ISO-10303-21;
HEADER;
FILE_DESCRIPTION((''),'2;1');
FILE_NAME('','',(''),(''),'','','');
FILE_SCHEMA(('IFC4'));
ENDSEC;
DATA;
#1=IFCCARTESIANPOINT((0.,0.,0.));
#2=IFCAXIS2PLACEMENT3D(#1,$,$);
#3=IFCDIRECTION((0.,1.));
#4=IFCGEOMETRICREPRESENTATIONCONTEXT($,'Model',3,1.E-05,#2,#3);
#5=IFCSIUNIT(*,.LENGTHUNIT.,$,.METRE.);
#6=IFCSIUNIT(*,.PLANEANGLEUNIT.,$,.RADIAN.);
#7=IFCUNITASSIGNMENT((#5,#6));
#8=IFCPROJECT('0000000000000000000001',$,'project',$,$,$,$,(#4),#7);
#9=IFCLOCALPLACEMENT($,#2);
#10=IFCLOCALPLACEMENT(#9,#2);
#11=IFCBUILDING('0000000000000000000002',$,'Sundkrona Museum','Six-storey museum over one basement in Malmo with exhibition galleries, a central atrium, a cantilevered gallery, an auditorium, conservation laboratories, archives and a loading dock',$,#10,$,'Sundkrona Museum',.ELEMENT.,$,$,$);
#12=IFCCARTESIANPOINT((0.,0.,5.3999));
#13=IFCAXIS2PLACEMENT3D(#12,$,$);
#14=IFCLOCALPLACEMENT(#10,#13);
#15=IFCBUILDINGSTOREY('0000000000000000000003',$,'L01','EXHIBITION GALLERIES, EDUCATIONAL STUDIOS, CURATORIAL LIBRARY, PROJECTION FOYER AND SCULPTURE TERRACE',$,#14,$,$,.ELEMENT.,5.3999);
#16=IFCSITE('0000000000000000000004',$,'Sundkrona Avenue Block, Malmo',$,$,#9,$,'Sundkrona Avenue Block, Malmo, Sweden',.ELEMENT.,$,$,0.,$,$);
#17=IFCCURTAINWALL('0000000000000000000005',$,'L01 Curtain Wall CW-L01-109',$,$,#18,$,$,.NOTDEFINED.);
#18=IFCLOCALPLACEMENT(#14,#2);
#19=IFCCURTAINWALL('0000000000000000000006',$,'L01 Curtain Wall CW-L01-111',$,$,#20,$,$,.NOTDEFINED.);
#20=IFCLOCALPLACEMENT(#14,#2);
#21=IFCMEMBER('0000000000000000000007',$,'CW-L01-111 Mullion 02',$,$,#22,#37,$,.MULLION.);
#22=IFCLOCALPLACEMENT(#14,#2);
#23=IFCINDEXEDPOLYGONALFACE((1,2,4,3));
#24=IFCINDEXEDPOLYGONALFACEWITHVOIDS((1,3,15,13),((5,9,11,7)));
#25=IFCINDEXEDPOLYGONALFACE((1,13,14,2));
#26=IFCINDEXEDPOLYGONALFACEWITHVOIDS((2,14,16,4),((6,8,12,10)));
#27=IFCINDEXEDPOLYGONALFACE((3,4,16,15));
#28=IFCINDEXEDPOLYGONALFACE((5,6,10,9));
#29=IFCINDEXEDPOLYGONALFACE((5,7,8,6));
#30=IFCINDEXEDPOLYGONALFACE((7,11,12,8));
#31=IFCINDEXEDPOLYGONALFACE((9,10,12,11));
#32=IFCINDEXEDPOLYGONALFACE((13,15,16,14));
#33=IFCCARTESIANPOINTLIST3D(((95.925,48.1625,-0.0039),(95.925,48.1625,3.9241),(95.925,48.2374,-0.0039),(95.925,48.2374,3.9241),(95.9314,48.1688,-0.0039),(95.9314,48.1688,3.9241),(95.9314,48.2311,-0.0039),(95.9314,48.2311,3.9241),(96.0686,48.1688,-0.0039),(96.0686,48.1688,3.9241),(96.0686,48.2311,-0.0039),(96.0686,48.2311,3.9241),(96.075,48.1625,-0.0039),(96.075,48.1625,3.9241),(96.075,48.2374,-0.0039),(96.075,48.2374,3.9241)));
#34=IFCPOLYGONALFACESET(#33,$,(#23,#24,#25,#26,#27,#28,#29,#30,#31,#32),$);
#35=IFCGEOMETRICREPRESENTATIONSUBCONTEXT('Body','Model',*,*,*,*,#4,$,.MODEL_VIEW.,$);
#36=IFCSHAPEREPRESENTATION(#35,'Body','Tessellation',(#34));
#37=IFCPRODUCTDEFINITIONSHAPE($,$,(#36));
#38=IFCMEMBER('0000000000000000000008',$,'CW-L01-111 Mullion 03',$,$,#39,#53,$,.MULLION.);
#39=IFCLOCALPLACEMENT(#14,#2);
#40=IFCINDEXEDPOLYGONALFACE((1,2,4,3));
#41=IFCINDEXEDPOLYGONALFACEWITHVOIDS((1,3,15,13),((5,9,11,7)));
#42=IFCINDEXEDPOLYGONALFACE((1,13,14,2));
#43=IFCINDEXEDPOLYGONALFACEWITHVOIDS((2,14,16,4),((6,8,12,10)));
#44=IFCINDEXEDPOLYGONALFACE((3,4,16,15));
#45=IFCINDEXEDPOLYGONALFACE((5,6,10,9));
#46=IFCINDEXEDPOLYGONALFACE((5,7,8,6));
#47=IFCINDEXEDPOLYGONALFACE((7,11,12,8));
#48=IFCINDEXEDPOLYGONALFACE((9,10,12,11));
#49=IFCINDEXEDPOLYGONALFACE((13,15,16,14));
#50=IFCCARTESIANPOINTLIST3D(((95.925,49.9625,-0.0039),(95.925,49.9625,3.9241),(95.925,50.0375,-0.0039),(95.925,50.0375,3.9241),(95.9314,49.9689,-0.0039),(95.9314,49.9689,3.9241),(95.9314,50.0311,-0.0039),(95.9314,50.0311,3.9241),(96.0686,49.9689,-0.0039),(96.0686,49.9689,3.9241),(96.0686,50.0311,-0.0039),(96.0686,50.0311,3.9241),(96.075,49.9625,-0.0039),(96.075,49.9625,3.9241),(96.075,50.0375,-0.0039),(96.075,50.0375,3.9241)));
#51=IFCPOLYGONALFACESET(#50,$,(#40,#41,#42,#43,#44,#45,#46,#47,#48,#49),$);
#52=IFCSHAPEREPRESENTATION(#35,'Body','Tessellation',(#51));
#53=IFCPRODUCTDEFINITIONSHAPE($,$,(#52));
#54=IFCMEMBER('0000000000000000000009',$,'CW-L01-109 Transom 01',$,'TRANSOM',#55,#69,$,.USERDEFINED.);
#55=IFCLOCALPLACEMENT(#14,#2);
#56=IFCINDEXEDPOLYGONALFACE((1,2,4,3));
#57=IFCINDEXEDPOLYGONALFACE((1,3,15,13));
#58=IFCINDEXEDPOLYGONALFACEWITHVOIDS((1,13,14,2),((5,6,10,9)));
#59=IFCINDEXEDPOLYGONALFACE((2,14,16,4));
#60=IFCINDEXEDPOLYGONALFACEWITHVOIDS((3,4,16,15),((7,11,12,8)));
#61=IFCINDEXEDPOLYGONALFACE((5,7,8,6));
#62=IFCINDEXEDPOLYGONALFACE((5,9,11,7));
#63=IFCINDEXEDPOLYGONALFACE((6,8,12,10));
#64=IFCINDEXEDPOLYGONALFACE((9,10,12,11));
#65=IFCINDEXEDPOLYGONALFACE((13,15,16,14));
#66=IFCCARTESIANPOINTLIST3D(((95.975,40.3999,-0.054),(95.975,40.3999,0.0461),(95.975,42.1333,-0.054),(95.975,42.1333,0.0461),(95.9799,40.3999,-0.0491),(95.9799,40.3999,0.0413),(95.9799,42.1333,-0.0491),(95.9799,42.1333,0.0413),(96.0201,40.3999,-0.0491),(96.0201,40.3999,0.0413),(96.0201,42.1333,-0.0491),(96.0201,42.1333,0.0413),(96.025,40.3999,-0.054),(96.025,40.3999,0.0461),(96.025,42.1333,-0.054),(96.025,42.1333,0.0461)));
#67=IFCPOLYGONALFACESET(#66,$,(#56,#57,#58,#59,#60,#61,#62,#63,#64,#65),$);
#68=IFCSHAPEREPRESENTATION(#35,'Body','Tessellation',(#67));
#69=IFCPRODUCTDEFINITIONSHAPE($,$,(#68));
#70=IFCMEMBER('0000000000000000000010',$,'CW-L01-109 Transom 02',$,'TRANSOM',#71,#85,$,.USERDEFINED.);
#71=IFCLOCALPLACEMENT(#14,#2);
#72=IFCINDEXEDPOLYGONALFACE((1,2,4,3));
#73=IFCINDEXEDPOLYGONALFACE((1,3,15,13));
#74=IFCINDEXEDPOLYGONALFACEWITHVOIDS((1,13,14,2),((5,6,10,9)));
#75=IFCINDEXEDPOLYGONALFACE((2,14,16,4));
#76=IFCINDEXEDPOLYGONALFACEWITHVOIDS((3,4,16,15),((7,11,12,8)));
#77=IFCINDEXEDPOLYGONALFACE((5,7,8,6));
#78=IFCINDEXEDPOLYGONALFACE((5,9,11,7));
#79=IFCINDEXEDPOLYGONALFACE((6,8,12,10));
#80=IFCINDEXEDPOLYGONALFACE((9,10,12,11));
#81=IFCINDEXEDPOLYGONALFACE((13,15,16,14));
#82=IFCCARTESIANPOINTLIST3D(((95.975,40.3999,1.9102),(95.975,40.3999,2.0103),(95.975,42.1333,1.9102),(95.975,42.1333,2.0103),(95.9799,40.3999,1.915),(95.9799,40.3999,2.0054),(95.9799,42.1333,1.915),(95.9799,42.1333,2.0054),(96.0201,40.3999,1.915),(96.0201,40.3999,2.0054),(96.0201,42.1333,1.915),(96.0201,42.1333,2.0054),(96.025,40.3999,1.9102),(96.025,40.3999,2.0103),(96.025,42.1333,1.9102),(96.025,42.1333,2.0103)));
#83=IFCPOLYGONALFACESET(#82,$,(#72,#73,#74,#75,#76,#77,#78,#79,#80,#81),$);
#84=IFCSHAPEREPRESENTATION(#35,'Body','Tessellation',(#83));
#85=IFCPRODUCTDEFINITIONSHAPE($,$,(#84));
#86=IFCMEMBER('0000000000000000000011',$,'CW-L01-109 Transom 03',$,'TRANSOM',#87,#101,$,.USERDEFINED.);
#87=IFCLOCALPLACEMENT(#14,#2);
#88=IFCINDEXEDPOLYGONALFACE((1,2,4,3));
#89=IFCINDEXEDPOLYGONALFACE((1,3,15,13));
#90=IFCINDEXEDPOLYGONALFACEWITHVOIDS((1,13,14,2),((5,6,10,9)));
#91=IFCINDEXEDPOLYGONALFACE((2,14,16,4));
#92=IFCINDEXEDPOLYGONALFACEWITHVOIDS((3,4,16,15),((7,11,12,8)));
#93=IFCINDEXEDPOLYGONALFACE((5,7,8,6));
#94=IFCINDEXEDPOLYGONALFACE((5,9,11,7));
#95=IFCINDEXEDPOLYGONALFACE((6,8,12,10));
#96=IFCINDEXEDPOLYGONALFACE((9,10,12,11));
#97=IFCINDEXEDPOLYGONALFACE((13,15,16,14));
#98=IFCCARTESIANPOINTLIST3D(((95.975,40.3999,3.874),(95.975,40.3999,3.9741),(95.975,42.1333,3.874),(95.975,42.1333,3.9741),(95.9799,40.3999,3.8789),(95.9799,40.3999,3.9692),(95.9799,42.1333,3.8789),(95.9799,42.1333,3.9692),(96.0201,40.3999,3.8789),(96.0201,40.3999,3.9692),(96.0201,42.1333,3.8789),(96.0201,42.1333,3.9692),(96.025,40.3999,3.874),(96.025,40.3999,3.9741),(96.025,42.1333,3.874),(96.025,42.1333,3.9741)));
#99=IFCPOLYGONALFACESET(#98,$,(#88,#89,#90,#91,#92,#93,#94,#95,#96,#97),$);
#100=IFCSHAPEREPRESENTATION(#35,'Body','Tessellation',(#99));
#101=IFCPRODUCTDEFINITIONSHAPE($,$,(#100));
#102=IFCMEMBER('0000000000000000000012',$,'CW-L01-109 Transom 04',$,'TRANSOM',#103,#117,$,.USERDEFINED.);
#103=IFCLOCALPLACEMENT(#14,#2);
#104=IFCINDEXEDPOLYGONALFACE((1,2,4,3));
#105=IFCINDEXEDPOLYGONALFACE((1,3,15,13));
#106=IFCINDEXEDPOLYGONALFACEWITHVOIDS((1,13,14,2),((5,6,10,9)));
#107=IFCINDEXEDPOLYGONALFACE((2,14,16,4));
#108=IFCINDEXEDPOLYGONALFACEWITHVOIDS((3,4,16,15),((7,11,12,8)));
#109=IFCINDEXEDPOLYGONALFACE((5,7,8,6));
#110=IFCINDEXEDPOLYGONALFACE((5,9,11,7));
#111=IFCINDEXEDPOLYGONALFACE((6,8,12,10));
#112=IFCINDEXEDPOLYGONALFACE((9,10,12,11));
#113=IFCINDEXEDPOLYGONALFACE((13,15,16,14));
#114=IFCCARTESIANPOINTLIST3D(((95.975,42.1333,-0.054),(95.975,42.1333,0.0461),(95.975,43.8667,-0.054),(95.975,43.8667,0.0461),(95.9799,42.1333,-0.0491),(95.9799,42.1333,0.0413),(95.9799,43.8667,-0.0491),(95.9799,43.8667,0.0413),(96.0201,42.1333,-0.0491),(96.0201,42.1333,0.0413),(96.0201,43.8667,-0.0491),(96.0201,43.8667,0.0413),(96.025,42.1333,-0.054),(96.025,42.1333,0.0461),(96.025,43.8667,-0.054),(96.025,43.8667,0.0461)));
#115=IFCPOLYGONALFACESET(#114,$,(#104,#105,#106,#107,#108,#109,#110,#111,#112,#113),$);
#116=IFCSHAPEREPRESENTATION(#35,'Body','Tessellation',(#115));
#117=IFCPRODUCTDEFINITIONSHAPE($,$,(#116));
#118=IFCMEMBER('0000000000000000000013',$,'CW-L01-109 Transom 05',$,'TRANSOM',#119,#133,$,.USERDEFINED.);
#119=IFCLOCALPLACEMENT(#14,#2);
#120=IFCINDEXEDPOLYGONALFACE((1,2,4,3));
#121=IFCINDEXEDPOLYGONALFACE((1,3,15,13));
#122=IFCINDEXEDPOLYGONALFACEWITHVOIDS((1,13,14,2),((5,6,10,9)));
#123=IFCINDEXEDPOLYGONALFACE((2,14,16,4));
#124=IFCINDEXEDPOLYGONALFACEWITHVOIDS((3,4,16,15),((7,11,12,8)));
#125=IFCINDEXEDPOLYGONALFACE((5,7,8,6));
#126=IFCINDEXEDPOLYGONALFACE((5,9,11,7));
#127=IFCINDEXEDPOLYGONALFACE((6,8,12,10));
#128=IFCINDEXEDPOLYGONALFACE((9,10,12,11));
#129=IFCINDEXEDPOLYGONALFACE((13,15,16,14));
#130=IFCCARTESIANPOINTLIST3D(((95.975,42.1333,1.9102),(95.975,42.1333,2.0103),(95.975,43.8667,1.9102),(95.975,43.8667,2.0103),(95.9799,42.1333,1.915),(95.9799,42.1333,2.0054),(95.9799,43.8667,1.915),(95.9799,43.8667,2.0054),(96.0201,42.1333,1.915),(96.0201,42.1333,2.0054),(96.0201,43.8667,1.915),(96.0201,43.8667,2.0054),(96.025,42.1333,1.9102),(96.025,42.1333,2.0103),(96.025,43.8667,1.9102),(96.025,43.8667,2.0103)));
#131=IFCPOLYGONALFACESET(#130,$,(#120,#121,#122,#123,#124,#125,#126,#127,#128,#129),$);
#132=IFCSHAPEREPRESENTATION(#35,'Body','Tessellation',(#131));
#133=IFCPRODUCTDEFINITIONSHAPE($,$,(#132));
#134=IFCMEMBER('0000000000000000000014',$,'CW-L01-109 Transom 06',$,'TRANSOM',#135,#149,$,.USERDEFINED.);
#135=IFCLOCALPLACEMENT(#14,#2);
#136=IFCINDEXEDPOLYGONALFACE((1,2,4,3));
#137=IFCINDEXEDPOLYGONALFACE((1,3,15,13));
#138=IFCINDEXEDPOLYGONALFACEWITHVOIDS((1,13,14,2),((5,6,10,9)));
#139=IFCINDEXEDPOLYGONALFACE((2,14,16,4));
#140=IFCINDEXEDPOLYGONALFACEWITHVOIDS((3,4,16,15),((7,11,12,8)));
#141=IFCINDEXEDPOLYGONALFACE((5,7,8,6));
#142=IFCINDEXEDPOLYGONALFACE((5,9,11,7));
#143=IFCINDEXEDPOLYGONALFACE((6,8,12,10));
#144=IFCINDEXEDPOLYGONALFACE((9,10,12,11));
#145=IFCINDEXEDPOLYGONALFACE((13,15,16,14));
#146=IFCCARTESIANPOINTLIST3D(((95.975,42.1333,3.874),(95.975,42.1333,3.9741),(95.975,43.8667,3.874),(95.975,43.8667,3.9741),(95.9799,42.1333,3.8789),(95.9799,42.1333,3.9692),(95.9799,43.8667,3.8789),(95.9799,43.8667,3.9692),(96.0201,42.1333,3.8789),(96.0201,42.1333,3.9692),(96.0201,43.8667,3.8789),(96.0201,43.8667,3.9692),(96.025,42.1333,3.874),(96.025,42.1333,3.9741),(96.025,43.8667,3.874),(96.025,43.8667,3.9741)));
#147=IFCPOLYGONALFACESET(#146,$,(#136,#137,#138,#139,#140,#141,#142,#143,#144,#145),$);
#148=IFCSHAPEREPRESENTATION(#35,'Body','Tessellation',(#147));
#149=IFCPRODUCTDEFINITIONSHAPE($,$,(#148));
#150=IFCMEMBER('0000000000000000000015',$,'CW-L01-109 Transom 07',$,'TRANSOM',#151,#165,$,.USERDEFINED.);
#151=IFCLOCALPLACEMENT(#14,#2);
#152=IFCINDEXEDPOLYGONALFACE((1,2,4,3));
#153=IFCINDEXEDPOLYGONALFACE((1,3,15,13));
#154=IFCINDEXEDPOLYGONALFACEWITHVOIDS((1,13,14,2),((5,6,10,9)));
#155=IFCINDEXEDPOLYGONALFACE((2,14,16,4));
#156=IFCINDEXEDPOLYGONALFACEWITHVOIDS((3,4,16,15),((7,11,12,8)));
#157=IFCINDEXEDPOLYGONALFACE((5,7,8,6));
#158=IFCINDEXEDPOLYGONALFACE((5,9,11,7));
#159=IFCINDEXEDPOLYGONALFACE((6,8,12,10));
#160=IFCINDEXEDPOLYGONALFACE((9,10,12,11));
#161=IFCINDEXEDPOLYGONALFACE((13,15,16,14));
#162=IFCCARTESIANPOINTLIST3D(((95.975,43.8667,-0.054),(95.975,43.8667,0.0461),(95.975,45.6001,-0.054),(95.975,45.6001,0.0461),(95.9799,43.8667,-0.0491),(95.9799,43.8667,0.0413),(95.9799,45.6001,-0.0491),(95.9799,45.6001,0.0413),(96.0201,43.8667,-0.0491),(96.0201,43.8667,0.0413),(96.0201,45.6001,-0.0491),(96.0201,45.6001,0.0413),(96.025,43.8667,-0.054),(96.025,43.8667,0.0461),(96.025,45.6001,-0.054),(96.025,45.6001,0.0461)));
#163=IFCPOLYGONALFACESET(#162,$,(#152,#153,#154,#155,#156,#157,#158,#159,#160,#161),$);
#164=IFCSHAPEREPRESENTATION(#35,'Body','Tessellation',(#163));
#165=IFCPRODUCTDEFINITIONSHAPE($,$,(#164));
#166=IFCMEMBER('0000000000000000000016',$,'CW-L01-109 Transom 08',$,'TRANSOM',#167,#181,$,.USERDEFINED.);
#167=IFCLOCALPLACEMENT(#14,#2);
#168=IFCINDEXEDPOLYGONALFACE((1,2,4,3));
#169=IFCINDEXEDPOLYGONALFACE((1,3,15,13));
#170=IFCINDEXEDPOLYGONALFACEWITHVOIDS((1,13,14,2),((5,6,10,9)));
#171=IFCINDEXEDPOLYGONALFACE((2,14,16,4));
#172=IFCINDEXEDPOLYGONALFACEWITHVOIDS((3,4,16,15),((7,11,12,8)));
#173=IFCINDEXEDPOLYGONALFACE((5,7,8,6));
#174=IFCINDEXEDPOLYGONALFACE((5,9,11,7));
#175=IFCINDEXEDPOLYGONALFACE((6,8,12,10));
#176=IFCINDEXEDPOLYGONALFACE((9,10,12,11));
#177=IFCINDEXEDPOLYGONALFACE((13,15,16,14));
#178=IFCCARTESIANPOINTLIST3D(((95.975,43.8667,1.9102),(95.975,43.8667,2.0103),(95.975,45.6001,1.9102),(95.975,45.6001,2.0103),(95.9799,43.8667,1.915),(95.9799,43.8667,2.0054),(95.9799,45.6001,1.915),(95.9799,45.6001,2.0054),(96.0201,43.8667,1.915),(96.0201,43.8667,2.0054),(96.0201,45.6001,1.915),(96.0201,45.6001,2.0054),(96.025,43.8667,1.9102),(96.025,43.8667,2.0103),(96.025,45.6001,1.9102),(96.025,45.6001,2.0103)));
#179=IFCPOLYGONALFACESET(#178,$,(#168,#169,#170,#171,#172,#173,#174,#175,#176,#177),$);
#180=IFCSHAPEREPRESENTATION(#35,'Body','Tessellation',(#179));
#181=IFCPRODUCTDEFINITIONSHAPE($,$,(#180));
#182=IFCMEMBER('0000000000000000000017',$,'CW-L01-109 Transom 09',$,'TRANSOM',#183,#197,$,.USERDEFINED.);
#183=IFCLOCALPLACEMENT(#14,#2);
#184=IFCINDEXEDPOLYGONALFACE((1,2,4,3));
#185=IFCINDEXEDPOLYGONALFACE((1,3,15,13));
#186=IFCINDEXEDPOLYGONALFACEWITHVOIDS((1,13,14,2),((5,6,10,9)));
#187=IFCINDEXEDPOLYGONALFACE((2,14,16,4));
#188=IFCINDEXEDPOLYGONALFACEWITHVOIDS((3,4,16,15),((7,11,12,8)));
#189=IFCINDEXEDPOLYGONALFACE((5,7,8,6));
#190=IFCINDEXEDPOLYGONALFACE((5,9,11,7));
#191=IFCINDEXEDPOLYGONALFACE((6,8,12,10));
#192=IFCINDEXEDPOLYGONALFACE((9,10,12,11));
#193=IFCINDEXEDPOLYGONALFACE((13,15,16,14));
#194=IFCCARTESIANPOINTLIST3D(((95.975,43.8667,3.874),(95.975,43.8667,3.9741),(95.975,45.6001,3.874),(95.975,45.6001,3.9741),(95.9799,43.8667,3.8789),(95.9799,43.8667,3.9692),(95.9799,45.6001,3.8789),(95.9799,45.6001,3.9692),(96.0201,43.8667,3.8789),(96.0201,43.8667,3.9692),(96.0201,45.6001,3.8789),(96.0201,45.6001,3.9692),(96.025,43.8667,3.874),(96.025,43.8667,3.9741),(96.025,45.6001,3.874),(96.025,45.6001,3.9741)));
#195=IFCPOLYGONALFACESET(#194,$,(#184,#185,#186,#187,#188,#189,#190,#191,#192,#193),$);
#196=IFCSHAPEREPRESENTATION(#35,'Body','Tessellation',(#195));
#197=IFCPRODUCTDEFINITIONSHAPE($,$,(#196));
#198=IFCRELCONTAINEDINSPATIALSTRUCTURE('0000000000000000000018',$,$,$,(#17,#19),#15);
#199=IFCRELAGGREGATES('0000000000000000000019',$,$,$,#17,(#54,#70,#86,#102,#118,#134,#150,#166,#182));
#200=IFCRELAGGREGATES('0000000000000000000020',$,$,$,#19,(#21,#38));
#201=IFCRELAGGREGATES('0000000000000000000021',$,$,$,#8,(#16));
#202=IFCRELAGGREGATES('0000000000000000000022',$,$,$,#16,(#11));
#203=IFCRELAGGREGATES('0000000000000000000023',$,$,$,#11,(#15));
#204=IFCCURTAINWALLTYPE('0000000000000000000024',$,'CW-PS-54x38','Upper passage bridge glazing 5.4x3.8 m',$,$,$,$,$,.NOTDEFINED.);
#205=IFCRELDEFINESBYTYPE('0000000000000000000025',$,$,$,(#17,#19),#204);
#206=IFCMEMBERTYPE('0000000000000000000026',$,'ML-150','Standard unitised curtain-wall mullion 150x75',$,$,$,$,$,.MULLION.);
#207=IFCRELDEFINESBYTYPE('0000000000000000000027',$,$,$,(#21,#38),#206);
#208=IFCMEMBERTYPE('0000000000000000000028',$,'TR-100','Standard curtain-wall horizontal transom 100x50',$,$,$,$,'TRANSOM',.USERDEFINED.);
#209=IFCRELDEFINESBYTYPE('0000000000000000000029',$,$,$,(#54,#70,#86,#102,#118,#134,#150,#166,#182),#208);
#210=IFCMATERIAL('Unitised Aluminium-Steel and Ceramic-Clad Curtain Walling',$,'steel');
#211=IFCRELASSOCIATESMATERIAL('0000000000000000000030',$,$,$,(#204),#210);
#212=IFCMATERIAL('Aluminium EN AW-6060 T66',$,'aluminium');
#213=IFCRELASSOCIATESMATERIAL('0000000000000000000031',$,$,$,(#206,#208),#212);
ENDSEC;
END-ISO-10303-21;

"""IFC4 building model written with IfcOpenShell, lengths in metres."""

from ifc_helpers import new_model, si_unit, direction, frame, origin, origin_2d, place, context, subcontext, project, spatial, hollow_rectangle, extrude, material, material_profile, profile_set, type_object, element, aggregate, save


model = new_model("IFC4")

# Units and contexts
model_context = context("Model", 3, precision=1e-05, world=origin(), true_north=direction((0.0, 1.0)))
body_context = subcontext(model_context, "Body", "Model", "MODEL_VIEW")
ifc_project = project(units=[si_unit("LENGTHUNIT", "METRE"), si_unit("PLANEANGLEUNIT", "RADIAN")], contexts=[model_context])

# Site, building, storey
site_placement = place(None, origin())
site = spatial("IfcSite", under=ifc_project, at=site_placement, Name="Sundkrona Avenue Block, Malmo", LongName="Sundkrona Avenue Block, Malmo, Sweden", CompositionType="ELEMENT", RefElevation=0.0)
building_placement = place(site_placement, origin())
building = spatial("IfcBuilding", under=site, at=building_placement, Name="Sundkrona Museum", Description="Six-storey museum over one basement in Malmo with exhibition galleries, a central atrium, a cantilevered gallery, an auditorium, conservation laboratories, archives and a loading dock", LongName="Sundkrona Museum", CompositionType="ELEMENT")
storey_placement = place(building_placement, frame((0.0, 0.0, 5.3999)))
storey = spatial("IfcBuildingStorey", under=building, at=storey_placement, Name="L01", Description="EXHIBITION GALLERIES, EDUCATIONAL STUDIOS, CURATORIAL LIBRARY, PROJECTION FOYER AND SCULPTURE TERRACE", CompositionType="ELEMENT", Elevation=5.3999)

# Curtain walls, members
ifc_material_1 = material(Name="Unitised Aluminium-Steel and Ceramic-Clad Curtain Walling", Category="steel")
curtain_wall_type = type_object("IfcCurtainWallType", Name="CW-PS-54x38", Description="Upper passage bridge glazing 5.4x3.8 m", PredefinedType="NOTDEFINED", material=ifc_material_1)
curtain_wall_1_placement = place(storey_placement, origin())
curtain_wall_1 = element("IfcCurtainWall", 1, at=curtain_wall_1_placement, inside=storey, type_object=curtain_wall_type, Name="L01 Curtain Wall CW-L01-109", PredefinedType="NOTDEFINED")
ifc_material_2 = material(Name="Aluminium EN AW-6060 T66", Category="aluminium")
ifc_material_profile_1 = material_profile(ifc_material_2, hollow_rectangle(XDim=0.075, YDim=0.1499, WallThickness=0.0063, at=origin_2d()), Name="RHS 150x75x6.3")
ifc_profile_set_1 = profile_set([ifc_material_profile_1], Name="Aluminium EN AW-6060 T66")
member_type_1 = type_object("IfcMemberType", Name="ML-150", Description="Standard unitised curtain-wall mullion 150x75", PredefinedType="MULLION", material=ifc_profile_set_1)
curtain_wall_2_placement = place(storey_placement, origin())
curtain_wall_2 = element("IfcCurtainWall", 2, at=curtain_wall_2_placement, inside=storey, type_object=curtain_wall_type, Name="L01 Curtain Wall CW-L01-111", PredefinedType="NOTDEFINED")
member_1_placement = place(storey_placement, frame((96.0, 48.2, -0.0039), z_axis=(0.0, 0.0, 1.0), x_axis=(0.0, 1.0, 0.0)))
member_1 = element("IfcMember", 3, at=member_1_placement, type_object=member_type_1, Name="CW-L01-111 Mullion 02", PredefinedType="MULLION", context=body_context, shape_type="SweptSolid", body=[
    extrude(hollow_rectangle(XDim=0.075, YDim=0.1499, WallThickness=0.0063, at=origin_2d()), origin(), (0.0, 0.0, 1.0), 3.928),
])
member_2_placement = place(storey_placement, frame((96.0, 50.0, -0.0039), z_axis=(0.0, 0.0, 1.0), x_axis=(0.0, 1.0, 0.0)))
member_2 = element("IfcMember", 4, at=member_2_placement, type_object=member_type_1, Name="CW-L01-111 Mullion 03", PredefinedType="MULLION", context=body_context, shape_type="SweptSolid", body=[
    extrude(hollow_rectangle(XDim=0.075, YDim=0.1499, WallThickness=0.0063, at=origin_2d()), origin(), (0.0, 0.0, 1.0), 3.928),
])

# Members
ifc_material_profile_2 = material_profile(ifc_material_2, hollow_rectangle(XDim=0.05, YDim=0.1001, WallThickness=0.0049, at=origin_2d()), Name="RHS 100x50x5.0")
ifc_profile_set_2 = profile_set([ifc_material_profile_2], Name="Aluminium EN AW-6060 T66")
member_type_2 = type_object("IfcMemberType", Name="TR-100", Description="Standard curtain-wall horizontal transom 100x50", ElementType="TRANSOM", PredefinedType="USERDEFINED", material=ifc_profile_set_2)
member_3_placement = place(storey_placement, frame((96.0, 40.3999, -0.0039), z_axis=(0.0, 1.0, 0.0), x_axis=(-1.0, 0.0, 0.0)))
member_3 = element("IfcMember", 5, at=member_3_placement, type_object=member_type_2, Name="CW-L01-109 Transom 01", ObjectType="TRANSOM", PredefinedType="USERDEFINED", context=body_context, shape_type="SweptSolid", body=[
    extrude(hollow_rectangle(XDim=0.05, YDim=0.1001, WallThickness=0.0049, at=origin_2d()), origin(), (0.0, 0.0, 1.0), 1.7334),
])
member_4_placement = place(storey_placement, frame((96.0, 40.3999, 1.9602), z_axis=(0.0, 1.0, 0.0), x_axis=(-1.0, 0.0, 0.0)))
member_4 = element("IfcMember", 6, at=member_4_placement, type_object=member_type_2, Name="CW-L01-109 Transom 02", ObjectType="TRANSOM", PredefinedType="USERDEFINED", context=body_context, shape_type="SweptSolid", body=[
    extrude(hollow_rectangle(XDim=0.05, YDim=0.1001, WallThickness=0.0049, at=origin_2d()), origin(), (0.0, 0.0, 1.0), 1.7334),
])
member_5_placement = place(storey_placement, frame((96.0, 40.3999, 3.9241), z_axis=(0.0, 1.0, 0.0), x_axis=(-1.0, 0.0, 0.0)))
member_5 = element("IfcMember", 7, at=member_5_placement, type_object=member_type_2, Name="CW-L01-109 Transom 03", ObjectType="TRANSOM", PredefinedType="USERDEFINED", context=body_context, shape_type="SweptSolid", body=[
    extrude(hollow_rectangle(XDim=0.05, YDim=0.1001, WallThickness=0.0049, at=origin_2d()), origin(), (0.0, 0.0, 1.0), 1.7334),
])
member_6_placement = place(storey_placement, frame((96.0, 42.1333, -0.0039), z_axis=(0.0, 1.0, 0.0), x_axis=(-1.0, 0.0, 0.0)))
member_6 = element("IfcMember", 8, at=member_6_placement, type_object=member_type_2, Name="CW-L01-109 Transom 04", ObjectType="TRANSOM", PredefinedType="USERDEFINED", context=body_context, shape_type="SweptSolid", body=[
    extrude(hollow_rectangle(XDim=0.05, YDim=0.1001, WallThickness=0.0049, at=origin_2d()), origin(), (0.0, 0.0, 1.0), 1.7334),
])
member_7_placement = place(storey_placement, frame((96.0, 42.1333, 1.9602), z_axis=(0.0, 1.0, 0.0), x_axis=(-1.0, 0.0, 0.0)))
member_7 = element("IfcMember", 9, at=member_7_placement, type_object=member_type_2, Name="CW-L01-109 Transom 05", ObjectType="TRANSOM", PredefinedType="USERDEFINED", context=body_context, shape_type="SweptSolid", body=[
    extrude(hollow_rectangle(XDim=0.05, YDim=0.1001, WallThickness=0.0049, at=origin_2d()), origin(), (0.0, 0.0, 1.0), 1.7334),
])
member_8_placement = place(storey_placement, frame((96.0, 42.1333, 3.9241), z_axis=(0.0, 1.0, 0.0), x_axis=(-1.0, 0.0, 0.0)))
member_8 = element("IfcMember", 10, at=member_8_placement, type_object=member_type_2, Name="CW-L01-109 Transom 06", ObjectType="TRANSOM", PredefinedType="USERDEFINED", context=body_context, shape_type="SweptSolid", body=[
    extrude(hollow_rectangle(XDim=0.05, YDim=0.1001, WallThickness=0.0049, at=origin_2d()), origin(), (0.0, 0.0, 1.0), 1.7334),
])
member_9_placement = place(storey_placement, frame((96.0, 43.8667, -0.0039), z_axis=(0.0, 1.0, 0.0), x_axis=(-1.0, 0.0, 0.0)))
member_9 = element("IfcMember", 11, at=member_9_placement, type_object=member_type_2, Name="CW-L01-109 Transom 07", ObjectType="TRANSOM", PredefinedType="USERDEFINED", context=body_context, shape_type="SweptSolid", body=[
    extrude(hollow_rectangle(XDim=0.05, YDim=0.1001, WallThickness=0.0049, at=origin_2d()), origin(), (0.0, 0.0, 1.0), 1.7334),
])
member_10_placement = place(storey_placement, frame((96.0, 43.8667, 1.9602), z_axis=(0.0, 1.0, 0.0), x_axis=(-1.0, 0.0, 0.0)))
member_10 = element("IfcMember", 12, at=member_10_placement, type_object=member_type_2, Name="CW-L01-109 Transom 08", ObjectType="TRANSOM", PredefinedType="USERDEFINED", context=body_context, shape_type="SweptSolid", body=[
    extrude(hollow_rectangle(XDim=0.05, YDim=0.1001, WallThickness=0.0049, at=origin_2d()), origin(), (0.0, 0.0, 1.0), 1.7334),
])
member_11_placement = place(storey_placement, frame((96.0, 43.8667, 3.9241), z_axis=(0.0, 1.0, 0.0), x_axis=(-1.0, 0.0, 0.0)))
member_11 = element("IfcMember", 13, at=member_11_placement, type_object=member_type_2, Name="CW-L01-109 Transom 09", ObjectType="TRANSOM", PredefinedType="USERDEFINED", context=body_context, shape_type="SweptSolid", body=[
    extrude(hollow_rectangle(XDim=0.05, YDim=0.1001, WallThickness=0.0049, at=origin_2d()), origin(), (0.0, 0.0, 1.0), 1.7334),
])

aggregate(curtain_wall_1, [member_3, member_4, member_5, member_6, member_7, member_8, member_9, member_10, member_11])
aggregate(curtain_wall_2, [member_1, member_2])

save(model, "model.ifc")
